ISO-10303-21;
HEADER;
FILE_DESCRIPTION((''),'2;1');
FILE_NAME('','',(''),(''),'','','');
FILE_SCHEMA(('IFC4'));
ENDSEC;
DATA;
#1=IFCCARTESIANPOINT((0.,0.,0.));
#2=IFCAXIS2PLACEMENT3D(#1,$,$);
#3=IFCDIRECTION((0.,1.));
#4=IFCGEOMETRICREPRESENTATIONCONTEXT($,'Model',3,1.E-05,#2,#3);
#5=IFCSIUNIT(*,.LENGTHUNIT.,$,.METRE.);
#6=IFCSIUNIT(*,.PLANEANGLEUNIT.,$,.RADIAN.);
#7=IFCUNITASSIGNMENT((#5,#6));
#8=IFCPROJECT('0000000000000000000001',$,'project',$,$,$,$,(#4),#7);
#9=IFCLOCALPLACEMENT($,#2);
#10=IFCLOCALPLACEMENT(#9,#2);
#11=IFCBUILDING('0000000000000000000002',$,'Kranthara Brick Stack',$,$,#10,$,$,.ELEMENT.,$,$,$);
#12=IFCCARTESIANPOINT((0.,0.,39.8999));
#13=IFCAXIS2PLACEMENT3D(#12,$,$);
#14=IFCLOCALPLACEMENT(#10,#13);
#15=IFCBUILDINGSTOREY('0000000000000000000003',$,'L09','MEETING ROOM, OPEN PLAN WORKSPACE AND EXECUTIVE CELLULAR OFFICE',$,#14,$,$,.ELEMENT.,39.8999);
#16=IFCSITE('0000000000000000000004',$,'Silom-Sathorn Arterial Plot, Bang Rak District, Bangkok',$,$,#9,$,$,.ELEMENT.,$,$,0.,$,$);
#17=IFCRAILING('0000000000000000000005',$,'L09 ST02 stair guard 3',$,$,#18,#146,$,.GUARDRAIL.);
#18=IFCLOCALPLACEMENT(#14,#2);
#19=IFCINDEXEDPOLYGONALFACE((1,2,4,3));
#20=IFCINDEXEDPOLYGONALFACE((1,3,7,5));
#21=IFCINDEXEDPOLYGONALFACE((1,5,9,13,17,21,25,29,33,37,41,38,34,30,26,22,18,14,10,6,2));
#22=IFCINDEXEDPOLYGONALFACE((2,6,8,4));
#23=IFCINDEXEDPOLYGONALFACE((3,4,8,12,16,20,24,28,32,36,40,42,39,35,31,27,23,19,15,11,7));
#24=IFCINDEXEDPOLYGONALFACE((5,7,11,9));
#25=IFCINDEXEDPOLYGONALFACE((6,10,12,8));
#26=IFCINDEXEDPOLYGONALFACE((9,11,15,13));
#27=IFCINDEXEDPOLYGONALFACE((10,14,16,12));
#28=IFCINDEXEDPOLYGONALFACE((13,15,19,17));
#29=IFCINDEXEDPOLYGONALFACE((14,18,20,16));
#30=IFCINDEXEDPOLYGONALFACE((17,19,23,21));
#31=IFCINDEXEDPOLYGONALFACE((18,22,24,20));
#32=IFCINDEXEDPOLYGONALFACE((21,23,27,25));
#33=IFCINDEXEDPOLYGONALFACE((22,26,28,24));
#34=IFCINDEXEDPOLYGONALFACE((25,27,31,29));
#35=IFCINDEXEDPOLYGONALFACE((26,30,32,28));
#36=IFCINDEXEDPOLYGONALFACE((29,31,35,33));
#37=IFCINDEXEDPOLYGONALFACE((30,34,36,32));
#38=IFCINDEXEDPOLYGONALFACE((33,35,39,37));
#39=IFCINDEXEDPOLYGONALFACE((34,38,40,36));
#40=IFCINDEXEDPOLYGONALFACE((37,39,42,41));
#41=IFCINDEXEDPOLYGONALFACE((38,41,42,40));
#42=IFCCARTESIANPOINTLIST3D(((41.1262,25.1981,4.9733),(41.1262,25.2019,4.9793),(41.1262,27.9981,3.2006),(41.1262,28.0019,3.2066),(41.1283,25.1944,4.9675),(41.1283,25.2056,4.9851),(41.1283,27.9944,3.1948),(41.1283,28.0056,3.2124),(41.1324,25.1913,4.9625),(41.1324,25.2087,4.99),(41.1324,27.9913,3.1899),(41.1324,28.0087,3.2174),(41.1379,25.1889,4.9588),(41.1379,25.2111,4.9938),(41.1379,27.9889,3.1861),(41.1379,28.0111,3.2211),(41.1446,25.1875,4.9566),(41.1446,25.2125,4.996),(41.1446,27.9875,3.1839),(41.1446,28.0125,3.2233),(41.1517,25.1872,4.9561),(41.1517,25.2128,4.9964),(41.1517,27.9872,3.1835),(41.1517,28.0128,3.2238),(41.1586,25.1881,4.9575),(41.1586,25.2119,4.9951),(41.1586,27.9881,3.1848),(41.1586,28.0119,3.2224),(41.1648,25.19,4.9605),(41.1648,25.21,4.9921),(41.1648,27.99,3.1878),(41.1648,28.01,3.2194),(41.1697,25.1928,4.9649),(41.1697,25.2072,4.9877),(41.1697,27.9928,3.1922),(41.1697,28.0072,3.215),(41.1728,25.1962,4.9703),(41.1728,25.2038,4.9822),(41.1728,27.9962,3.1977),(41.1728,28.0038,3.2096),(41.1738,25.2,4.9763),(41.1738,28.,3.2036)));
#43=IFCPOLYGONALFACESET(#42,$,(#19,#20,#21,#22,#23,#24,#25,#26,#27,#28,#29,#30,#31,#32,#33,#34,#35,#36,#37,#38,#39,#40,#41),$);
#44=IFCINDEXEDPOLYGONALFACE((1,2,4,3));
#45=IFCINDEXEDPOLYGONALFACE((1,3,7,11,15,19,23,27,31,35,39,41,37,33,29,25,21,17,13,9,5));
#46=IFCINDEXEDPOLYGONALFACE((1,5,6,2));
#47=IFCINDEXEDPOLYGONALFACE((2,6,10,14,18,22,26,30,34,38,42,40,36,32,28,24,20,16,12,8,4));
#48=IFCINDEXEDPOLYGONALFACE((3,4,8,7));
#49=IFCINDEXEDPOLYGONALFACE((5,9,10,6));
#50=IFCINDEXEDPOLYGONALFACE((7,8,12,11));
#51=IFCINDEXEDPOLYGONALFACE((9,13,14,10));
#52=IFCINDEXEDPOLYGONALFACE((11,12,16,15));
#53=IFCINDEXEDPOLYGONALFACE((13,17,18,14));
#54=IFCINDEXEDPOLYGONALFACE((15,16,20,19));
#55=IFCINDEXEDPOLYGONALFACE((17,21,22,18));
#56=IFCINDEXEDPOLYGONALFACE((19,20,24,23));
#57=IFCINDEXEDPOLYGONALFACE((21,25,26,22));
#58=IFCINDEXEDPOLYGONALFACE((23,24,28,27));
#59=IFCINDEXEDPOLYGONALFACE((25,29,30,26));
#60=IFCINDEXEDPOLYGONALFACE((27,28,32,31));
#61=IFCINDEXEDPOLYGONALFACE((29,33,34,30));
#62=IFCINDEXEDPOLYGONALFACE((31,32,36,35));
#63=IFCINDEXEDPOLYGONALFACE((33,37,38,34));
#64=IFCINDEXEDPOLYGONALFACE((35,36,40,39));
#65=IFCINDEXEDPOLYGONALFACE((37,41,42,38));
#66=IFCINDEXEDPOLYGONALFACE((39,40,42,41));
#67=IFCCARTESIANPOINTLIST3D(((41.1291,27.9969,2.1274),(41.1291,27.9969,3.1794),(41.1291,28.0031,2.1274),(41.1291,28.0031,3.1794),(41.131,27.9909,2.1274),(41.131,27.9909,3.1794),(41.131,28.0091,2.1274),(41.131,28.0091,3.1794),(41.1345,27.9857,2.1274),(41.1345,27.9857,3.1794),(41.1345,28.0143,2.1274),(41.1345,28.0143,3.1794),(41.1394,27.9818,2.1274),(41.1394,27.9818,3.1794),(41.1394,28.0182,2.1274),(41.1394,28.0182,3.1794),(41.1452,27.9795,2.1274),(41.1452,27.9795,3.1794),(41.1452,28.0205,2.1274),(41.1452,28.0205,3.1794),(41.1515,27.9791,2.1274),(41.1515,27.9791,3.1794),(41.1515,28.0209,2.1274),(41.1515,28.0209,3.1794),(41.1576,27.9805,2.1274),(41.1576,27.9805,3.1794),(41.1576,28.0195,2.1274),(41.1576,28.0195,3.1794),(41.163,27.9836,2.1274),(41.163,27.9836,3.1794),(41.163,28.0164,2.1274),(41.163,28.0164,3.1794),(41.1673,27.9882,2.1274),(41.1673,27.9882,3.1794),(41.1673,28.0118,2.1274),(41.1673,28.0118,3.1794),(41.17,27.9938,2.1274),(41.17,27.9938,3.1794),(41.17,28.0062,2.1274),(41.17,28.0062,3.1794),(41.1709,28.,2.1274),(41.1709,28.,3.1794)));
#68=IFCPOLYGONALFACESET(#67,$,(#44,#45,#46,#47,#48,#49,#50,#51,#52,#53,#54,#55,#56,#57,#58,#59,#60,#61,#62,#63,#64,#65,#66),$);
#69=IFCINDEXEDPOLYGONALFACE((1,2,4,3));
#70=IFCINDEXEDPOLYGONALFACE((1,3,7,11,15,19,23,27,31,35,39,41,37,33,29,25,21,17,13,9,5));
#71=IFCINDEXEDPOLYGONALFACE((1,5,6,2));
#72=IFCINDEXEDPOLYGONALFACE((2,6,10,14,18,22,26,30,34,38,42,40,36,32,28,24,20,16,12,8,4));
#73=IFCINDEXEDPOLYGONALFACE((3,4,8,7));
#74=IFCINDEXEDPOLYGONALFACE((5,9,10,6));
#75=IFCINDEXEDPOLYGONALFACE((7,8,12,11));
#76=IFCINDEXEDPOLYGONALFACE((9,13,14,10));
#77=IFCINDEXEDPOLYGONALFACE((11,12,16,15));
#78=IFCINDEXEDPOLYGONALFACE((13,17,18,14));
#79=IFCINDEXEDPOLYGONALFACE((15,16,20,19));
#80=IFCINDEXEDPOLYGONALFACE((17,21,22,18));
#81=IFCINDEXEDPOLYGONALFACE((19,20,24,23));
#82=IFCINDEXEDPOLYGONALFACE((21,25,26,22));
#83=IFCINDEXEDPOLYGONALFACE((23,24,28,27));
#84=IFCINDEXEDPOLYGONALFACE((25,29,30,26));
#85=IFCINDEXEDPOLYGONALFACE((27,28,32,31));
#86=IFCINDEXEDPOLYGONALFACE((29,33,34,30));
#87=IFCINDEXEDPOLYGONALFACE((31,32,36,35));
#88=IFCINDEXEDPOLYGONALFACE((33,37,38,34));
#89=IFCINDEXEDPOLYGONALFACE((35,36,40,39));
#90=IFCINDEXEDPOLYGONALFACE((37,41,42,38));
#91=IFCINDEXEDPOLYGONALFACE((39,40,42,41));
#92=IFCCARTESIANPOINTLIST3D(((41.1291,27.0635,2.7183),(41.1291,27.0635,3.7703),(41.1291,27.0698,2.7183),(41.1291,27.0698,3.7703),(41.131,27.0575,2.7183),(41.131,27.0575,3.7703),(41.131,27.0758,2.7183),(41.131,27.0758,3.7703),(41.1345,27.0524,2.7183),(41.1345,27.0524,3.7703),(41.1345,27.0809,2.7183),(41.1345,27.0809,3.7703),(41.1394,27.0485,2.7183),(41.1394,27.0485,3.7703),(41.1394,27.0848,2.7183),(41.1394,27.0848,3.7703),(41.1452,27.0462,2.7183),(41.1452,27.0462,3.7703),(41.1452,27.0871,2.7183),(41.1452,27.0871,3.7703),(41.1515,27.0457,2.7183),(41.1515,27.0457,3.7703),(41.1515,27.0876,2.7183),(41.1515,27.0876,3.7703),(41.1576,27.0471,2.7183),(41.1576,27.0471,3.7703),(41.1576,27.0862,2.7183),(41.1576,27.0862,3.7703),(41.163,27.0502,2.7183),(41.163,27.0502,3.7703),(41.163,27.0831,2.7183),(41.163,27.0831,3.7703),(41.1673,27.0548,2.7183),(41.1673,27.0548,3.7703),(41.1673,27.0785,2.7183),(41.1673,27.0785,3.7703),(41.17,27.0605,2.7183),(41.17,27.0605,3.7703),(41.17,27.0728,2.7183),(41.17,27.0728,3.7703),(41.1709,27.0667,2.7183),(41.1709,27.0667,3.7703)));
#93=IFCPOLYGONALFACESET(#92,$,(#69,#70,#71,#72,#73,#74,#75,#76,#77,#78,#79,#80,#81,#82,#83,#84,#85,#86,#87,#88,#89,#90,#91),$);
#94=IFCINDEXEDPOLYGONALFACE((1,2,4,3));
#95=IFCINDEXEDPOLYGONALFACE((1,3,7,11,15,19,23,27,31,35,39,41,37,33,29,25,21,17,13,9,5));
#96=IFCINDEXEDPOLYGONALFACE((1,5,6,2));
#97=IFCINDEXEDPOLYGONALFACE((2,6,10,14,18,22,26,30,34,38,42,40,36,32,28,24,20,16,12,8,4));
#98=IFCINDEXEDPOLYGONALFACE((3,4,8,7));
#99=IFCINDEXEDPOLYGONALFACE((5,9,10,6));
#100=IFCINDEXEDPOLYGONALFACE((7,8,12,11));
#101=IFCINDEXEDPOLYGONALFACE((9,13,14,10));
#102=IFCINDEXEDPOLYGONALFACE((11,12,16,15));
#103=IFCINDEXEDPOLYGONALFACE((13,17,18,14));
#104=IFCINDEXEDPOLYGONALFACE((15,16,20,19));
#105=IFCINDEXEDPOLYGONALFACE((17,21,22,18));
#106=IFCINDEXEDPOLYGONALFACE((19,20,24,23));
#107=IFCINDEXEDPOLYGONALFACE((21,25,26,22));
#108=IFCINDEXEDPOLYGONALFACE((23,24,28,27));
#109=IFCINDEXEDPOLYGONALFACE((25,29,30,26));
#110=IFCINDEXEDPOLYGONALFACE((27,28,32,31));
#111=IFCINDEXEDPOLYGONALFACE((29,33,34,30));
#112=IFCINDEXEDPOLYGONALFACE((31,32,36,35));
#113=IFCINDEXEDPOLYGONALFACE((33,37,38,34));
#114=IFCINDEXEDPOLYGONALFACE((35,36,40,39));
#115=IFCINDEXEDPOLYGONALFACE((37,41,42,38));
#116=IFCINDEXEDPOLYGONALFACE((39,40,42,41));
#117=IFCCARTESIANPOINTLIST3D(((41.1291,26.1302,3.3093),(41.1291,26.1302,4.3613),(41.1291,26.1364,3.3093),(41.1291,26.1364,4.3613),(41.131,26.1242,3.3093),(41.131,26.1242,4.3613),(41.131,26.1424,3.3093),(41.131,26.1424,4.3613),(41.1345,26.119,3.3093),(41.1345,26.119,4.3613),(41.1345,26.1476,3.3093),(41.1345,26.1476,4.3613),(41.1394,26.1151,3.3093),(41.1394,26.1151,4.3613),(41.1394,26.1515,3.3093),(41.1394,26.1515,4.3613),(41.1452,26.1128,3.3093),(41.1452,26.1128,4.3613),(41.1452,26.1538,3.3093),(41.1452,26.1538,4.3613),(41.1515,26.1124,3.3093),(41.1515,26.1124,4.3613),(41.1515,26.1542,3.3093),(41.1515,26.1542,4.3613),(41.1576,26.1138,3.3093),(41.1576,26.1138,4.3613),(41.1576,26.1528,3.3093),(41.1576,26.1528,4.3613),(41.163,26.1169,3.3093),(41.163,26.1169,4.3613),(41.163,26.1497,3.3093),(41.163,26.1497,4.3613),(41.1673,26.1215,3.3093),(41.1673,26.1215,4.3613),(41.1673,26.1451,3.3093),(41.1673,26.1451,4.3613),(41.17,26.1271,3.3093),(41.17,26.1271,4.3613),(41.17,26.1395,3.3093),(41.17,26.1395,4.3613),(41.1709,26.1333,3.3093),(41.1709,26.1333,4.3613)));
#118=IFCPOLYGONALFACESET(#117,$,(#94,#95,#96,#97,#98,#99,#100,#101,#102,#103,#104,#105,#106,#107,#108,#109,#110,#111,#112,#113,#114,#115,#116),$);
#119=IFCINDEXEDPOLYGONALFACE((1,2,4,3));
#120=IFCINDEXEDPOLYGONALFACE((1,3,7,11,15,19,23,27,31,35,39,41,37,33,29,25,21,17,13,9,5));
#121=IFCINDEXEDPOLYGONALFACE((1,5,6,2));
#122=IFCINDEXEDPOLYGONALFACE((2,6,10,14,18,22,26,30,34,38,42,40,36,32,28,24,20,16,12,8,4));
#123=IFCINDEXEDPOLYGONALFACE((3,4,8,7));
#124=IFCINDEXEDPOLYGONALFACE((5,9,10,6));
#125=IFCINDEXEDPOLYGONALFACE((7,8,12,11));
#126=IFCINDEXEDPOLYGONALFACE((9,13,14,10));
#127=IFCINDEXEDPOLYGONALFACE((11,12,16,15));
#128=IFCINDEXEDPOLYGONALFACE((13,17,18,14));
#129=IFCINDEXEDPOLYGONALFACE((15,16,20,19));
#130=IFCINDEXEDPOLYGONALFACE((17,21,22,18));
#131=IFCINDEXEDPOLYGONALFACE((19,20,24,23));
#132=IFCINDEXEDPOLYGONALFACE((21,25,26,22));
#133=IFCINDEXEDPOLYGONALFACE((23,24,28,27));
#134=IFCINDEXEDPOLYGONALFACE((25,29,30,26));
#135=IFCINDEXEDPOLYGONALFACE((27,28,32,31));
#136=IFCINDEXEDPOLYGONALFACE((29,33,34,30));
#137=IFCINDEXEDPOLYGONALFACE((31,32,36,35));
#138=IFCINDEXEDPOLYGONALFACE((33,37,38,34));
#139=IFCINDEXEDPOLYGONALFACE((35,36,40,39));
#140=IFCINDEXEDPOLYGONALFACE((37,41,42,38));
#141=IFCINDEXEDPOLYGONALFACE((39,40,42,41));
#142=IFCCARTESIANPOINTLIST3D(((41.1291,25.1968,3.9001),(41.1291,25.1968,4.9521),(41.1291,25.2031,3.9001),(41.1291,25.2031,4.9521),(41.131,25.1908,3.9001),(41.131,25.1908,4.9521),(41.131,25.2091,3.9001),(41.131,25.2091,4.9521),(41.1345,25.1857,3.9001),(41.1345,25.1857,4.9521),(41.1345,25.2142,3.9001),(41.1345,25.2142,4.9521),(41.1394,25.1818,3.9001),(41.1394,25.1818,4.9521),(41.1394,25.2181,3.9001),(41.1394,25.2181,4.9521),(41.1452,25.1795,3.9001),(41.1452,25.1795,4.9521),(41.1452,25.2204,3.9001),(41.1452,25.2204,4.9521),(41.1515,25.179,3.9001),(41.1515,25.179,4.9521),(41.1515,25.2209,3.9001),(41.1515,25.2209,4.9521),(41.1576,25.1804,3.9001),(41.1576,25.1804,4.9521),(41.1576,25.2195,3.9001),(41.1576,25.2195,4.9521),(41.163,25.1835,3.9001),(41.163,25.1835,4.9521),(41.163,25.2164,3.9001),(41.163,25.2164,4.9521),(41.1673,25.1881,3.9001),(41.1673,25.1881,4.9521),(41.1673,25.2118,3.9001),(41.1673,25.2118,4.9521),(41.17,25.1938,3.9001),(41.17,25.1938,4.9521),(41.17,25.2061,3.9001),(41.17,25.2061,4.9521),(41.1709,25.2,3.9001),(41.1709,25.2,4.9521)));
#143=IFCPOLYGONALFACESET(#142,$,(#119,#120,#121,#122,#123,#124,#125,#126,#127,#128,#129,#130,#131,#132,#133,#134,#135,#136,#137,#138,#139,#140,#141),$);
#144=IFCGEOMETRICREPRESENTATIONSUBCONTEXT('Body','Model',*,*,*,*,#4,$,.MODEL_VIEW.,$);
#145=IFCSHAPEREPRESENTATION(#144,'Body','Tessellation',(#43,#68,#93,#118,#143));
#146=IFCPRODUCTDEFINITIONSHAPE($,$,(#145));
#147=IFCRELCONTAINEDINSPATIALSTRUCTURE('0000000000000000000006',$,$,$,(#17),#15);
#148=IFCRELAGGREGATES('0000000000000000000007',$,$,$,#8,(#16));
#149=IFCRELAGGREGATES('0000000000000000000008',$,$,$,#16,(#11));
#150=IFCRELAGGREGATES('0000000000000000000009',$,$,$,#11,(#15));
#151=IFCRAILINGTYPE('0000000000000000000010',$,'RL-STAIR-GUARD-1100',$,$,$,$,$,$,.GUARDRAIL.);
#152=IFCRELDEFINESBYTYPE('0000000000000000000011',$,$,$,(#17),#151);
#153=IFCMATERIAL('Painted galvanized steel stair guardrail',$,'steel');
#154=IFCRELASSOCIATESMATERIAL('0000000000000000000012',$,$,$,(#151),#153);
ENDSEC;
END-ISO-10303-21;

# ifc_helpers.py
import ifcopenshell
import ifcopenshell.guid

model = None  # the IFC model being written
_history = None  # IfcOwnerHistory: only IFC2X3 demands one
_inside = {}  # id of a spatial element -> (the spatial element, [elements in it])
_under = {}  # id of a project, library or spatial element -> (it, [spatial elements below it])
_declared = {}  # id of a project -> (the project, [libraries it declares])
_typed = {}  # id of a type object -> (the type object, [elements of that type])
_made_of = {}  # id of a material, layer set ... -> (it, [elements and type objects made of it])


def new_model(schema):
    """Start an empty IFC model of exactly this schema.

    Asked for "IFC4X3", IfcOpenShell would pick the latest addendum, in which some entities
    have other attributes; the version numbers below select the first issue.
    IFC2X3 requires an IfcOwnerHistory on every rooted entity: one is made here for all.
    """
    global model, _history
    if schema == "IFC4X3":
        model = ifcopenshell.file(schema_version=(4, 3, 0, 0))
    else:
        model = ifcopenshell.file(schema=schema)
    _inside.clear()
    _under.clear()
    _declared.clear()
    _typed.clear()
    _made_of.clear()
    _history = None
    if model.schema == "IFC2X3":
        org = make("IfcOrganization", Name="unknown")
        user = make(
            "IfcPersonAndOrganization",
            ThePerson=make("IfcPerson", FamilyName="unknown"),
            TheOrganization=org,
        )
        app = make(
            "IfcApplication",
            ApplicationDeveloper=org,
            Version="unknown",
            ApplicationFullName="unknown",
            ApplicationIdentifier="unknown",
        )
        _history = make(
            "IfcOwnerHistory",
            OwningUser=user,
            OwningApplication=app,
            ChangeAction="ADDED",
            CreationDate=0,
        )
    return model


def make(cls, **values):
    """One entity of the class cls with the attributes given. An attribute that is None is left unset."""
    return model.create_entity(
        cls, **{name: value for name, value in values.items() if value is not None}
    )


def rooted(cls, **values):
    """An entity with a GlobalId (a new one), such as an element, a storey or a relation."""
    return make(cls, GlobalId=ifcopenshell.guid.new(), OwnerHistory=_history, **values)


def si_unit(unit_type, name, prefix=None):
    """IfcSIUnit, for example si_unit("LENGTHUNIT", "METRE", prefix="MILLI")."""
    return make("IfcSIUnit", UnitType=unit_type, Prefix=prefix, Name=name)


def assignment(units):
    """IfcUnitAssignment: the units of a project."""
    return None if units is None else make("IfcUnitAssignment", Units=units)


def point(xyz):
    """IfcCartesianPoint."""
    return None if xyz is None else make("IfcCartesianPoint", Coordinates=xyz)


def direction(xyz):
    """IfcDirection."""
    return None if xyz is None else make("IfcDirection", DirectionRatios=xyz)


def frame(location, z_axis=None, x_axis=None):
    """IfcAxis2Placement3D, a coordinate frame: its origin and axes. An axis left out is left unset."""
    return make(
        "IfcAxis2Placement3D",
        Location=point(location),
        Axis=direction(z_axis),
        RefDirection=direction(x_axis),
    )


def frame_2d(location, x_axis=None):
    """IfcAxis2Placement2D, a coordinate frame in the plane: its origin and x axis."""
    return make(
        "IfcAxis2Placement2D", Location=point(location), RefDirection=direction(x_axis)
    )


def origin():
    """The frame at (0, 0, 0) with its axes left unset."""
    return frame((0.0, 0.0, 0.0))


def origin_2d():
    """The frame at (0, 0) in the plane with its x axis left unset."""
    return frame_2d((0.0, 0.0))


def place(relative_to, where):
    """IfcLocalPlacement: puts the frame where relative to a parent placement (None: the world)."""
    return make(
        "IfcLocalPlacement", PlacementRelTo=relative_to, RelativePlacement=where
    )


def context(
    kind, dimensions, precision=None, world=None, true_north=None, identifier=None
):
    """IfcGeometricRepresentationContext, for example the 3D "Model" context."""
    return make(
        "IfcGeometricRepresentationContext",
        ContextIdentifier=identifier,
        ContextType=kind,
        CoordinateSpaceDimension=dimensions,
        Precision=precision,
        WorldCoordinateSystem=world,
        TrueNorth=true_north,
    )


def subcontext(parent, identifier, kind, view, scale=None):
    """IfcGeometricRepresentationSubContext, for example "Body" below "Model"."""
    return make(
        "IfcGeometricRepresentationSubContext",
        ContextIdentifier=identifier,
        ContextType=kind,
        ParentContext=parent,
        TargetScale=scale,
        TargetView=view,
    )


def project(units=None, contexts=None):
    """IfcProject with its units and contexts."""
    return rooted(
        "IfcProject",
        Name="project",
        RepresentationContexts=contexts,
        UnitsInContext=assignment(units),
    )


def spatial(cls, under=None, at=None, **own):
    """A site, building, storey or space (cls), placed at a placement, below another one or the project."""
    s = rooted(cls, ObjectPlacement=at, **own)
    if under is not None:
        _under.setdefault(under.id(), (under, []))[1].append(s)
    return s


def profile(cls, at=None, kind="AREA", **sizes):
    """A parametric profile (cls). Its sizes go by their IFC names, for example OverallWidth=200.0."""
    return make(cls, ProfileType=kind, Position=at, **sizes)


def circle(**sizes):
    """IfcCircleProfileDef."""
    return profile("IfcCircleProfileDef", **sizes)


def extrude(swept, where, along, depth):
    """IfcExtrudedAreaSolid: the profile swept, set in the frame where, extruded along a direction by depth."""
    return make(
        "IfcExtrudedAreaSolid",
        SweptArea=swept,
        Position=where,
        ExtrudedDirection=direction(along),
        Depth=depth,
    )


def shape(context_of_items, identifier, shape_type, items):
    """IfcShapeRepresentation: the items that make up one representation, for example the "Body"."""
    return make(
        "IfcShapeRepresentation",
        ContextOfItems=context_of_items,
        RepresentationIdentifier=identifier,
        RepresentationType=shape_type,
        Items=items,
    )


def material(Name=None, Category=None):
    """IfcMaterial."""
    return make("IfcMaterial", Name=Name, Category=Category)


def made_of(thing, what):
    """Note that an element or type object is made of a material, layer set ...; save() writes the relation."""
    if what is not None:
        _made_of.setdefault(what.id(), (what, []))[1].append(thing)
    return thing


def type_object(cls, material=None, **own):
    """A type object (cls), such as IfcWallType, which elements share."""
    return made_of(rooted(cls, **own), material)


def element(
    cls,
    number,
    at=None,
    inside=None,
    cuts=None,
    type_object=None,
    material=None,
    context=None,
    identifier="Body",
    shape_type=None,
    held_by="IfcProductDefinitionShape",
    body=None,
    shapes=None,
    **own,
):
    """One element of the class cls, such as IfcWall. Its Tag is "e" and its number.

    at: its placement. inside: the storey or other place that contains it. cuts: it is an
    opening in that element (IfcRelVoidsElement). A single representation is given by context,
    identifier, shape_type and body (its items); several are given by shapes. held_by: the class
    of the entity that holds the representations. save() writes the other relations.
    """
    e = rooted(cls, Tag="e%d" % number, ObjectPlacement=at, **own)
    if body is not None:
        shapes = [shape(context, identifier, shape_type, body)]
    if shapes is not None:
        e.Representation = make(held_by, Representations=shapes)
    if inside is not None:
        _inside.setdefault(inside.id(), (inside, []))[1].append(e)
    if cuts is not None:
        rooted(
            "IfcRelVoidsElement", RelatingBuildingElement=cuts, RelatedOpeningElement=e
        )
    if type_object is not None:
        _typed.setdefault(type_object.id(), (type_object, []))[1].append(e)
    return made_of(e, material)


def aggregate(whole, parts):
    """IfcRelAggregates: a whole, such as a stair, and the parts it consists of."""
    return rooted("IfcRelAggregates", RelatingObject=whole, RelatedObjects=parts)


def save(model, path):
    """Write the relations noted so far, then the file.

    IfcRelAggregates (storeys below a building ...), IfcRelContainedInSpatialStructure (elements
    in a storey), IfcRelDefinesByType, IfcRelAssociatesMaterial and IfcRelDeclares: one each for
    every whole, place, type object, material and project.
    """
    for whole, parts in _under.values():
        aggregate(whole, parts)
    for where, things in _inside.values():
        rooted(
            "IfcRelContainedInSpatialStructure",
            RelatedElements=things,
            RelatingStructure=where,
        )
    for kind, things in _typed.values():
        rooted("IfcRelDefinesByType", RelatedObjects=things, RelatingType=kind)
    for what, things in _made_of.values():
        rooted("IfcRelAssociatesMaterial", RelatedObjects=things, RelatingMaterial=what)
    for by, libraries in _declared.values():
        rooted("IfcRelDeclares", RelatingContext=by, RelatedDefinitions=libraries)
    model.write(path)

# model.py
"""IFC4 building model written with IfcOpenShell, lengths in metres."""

from ifc_helpers import new_model, si_unit, direction, frame, origin, origin_2d, place, context, subcontext, project, spatial, circle, extrude, material, type_object, element, save


model = new_model("IFC4")

# Units and contexts
model_context = context("Model", 3, precision=1e-05, world=origin(), true_north=direction((0.0, 1.0)))
body_context = subcontext(model_context, "Body", "Model", "MODEL_VIEW")
ifc_project = project(units=[si_unit("LENGTHUNIT", "METRE"), si_unit("PLANEANGLEUNIT", "RADIAN")], contexts=[model_context])

# Site, building, storey
site_placement = place(None, origin())
site = spatial("IfcSite", under=ifc_project, at=site_placement, Name="Silom-Sathorn Arterial Plot, Bang Rak District, Bangkok", CompositionType="ELEMENT", RefElevation=0.0)
building_placement = place(site_placement, origin())
building = spatial("IfcBuilding", under=site, at=building_placement, Name="Kranthara Brick Stack", CompositionType="ELEMENT")
storey_placement = place(building_placement, frame((0.0, 0.0, 39.8999)))
storey = spatial("IfcBuildingStorey", under=building, at=storey_placement, Name="L09", Description="MEETING ROOM, OPEN PLAN WORKSPACE AND EXECUTIVE CELLULAR OFFICE", CompositionType="ELEMENT", Elevation=39.8999)

# Railing
ifc_material_1 = material(Name="Painted galvanized steel stair guardrail", Category="steel")
railing_type_1 = type_object("IfcRailingType", Name="RL-STAIR-GUARD-1100", PredefinedType="GUARDRAIL", material=ifc_material_1)
railing_1_placement = place(storey_placement, frame((41.1499, 28.0, 2.1274)))
element("IfcRailing", 1, at=railing_1_placement, inside=storey, type_object=railing_type_1, Name="L09 ST02 stair guard 3", PredefinedType="GUARDRAIL", context=body_context, shape_type="SweptSolid", body=[
    extrude(circle(Radius=0.0239, at=origin_2d()), frame((0.0, 0.0, 1.0762), z_axis=(0.0, -0.844909, 0.53491), x_axis=(1.0, 0.0, 0.0)), (0.0, 0.0, 1.0), 3.314),
    extrude(circle(Radius=0.021, at=origin_2d()), origin(), (0.0, 0.0, 1.0), 1.052),
    extrude(circle(Radius=0.021, at=origin_2d()), frame((0.0, -0.9333, 0.5908)), (0.0, 0.0, 1.0), 1.052),
    extrude(circle(Radius=0.021, at=origin_2d()), frame((0.0, -1.8667, 1.1819)), (0.0, 0.0, 1.0), 1.052),
    extrude(circle(Radius=0.021, at=origin_2d()), frame((0.0, -2.8, 1.7727)), (0.0, 0.0, 1.0), 1.052),
])

save(model, "model.ifc")
